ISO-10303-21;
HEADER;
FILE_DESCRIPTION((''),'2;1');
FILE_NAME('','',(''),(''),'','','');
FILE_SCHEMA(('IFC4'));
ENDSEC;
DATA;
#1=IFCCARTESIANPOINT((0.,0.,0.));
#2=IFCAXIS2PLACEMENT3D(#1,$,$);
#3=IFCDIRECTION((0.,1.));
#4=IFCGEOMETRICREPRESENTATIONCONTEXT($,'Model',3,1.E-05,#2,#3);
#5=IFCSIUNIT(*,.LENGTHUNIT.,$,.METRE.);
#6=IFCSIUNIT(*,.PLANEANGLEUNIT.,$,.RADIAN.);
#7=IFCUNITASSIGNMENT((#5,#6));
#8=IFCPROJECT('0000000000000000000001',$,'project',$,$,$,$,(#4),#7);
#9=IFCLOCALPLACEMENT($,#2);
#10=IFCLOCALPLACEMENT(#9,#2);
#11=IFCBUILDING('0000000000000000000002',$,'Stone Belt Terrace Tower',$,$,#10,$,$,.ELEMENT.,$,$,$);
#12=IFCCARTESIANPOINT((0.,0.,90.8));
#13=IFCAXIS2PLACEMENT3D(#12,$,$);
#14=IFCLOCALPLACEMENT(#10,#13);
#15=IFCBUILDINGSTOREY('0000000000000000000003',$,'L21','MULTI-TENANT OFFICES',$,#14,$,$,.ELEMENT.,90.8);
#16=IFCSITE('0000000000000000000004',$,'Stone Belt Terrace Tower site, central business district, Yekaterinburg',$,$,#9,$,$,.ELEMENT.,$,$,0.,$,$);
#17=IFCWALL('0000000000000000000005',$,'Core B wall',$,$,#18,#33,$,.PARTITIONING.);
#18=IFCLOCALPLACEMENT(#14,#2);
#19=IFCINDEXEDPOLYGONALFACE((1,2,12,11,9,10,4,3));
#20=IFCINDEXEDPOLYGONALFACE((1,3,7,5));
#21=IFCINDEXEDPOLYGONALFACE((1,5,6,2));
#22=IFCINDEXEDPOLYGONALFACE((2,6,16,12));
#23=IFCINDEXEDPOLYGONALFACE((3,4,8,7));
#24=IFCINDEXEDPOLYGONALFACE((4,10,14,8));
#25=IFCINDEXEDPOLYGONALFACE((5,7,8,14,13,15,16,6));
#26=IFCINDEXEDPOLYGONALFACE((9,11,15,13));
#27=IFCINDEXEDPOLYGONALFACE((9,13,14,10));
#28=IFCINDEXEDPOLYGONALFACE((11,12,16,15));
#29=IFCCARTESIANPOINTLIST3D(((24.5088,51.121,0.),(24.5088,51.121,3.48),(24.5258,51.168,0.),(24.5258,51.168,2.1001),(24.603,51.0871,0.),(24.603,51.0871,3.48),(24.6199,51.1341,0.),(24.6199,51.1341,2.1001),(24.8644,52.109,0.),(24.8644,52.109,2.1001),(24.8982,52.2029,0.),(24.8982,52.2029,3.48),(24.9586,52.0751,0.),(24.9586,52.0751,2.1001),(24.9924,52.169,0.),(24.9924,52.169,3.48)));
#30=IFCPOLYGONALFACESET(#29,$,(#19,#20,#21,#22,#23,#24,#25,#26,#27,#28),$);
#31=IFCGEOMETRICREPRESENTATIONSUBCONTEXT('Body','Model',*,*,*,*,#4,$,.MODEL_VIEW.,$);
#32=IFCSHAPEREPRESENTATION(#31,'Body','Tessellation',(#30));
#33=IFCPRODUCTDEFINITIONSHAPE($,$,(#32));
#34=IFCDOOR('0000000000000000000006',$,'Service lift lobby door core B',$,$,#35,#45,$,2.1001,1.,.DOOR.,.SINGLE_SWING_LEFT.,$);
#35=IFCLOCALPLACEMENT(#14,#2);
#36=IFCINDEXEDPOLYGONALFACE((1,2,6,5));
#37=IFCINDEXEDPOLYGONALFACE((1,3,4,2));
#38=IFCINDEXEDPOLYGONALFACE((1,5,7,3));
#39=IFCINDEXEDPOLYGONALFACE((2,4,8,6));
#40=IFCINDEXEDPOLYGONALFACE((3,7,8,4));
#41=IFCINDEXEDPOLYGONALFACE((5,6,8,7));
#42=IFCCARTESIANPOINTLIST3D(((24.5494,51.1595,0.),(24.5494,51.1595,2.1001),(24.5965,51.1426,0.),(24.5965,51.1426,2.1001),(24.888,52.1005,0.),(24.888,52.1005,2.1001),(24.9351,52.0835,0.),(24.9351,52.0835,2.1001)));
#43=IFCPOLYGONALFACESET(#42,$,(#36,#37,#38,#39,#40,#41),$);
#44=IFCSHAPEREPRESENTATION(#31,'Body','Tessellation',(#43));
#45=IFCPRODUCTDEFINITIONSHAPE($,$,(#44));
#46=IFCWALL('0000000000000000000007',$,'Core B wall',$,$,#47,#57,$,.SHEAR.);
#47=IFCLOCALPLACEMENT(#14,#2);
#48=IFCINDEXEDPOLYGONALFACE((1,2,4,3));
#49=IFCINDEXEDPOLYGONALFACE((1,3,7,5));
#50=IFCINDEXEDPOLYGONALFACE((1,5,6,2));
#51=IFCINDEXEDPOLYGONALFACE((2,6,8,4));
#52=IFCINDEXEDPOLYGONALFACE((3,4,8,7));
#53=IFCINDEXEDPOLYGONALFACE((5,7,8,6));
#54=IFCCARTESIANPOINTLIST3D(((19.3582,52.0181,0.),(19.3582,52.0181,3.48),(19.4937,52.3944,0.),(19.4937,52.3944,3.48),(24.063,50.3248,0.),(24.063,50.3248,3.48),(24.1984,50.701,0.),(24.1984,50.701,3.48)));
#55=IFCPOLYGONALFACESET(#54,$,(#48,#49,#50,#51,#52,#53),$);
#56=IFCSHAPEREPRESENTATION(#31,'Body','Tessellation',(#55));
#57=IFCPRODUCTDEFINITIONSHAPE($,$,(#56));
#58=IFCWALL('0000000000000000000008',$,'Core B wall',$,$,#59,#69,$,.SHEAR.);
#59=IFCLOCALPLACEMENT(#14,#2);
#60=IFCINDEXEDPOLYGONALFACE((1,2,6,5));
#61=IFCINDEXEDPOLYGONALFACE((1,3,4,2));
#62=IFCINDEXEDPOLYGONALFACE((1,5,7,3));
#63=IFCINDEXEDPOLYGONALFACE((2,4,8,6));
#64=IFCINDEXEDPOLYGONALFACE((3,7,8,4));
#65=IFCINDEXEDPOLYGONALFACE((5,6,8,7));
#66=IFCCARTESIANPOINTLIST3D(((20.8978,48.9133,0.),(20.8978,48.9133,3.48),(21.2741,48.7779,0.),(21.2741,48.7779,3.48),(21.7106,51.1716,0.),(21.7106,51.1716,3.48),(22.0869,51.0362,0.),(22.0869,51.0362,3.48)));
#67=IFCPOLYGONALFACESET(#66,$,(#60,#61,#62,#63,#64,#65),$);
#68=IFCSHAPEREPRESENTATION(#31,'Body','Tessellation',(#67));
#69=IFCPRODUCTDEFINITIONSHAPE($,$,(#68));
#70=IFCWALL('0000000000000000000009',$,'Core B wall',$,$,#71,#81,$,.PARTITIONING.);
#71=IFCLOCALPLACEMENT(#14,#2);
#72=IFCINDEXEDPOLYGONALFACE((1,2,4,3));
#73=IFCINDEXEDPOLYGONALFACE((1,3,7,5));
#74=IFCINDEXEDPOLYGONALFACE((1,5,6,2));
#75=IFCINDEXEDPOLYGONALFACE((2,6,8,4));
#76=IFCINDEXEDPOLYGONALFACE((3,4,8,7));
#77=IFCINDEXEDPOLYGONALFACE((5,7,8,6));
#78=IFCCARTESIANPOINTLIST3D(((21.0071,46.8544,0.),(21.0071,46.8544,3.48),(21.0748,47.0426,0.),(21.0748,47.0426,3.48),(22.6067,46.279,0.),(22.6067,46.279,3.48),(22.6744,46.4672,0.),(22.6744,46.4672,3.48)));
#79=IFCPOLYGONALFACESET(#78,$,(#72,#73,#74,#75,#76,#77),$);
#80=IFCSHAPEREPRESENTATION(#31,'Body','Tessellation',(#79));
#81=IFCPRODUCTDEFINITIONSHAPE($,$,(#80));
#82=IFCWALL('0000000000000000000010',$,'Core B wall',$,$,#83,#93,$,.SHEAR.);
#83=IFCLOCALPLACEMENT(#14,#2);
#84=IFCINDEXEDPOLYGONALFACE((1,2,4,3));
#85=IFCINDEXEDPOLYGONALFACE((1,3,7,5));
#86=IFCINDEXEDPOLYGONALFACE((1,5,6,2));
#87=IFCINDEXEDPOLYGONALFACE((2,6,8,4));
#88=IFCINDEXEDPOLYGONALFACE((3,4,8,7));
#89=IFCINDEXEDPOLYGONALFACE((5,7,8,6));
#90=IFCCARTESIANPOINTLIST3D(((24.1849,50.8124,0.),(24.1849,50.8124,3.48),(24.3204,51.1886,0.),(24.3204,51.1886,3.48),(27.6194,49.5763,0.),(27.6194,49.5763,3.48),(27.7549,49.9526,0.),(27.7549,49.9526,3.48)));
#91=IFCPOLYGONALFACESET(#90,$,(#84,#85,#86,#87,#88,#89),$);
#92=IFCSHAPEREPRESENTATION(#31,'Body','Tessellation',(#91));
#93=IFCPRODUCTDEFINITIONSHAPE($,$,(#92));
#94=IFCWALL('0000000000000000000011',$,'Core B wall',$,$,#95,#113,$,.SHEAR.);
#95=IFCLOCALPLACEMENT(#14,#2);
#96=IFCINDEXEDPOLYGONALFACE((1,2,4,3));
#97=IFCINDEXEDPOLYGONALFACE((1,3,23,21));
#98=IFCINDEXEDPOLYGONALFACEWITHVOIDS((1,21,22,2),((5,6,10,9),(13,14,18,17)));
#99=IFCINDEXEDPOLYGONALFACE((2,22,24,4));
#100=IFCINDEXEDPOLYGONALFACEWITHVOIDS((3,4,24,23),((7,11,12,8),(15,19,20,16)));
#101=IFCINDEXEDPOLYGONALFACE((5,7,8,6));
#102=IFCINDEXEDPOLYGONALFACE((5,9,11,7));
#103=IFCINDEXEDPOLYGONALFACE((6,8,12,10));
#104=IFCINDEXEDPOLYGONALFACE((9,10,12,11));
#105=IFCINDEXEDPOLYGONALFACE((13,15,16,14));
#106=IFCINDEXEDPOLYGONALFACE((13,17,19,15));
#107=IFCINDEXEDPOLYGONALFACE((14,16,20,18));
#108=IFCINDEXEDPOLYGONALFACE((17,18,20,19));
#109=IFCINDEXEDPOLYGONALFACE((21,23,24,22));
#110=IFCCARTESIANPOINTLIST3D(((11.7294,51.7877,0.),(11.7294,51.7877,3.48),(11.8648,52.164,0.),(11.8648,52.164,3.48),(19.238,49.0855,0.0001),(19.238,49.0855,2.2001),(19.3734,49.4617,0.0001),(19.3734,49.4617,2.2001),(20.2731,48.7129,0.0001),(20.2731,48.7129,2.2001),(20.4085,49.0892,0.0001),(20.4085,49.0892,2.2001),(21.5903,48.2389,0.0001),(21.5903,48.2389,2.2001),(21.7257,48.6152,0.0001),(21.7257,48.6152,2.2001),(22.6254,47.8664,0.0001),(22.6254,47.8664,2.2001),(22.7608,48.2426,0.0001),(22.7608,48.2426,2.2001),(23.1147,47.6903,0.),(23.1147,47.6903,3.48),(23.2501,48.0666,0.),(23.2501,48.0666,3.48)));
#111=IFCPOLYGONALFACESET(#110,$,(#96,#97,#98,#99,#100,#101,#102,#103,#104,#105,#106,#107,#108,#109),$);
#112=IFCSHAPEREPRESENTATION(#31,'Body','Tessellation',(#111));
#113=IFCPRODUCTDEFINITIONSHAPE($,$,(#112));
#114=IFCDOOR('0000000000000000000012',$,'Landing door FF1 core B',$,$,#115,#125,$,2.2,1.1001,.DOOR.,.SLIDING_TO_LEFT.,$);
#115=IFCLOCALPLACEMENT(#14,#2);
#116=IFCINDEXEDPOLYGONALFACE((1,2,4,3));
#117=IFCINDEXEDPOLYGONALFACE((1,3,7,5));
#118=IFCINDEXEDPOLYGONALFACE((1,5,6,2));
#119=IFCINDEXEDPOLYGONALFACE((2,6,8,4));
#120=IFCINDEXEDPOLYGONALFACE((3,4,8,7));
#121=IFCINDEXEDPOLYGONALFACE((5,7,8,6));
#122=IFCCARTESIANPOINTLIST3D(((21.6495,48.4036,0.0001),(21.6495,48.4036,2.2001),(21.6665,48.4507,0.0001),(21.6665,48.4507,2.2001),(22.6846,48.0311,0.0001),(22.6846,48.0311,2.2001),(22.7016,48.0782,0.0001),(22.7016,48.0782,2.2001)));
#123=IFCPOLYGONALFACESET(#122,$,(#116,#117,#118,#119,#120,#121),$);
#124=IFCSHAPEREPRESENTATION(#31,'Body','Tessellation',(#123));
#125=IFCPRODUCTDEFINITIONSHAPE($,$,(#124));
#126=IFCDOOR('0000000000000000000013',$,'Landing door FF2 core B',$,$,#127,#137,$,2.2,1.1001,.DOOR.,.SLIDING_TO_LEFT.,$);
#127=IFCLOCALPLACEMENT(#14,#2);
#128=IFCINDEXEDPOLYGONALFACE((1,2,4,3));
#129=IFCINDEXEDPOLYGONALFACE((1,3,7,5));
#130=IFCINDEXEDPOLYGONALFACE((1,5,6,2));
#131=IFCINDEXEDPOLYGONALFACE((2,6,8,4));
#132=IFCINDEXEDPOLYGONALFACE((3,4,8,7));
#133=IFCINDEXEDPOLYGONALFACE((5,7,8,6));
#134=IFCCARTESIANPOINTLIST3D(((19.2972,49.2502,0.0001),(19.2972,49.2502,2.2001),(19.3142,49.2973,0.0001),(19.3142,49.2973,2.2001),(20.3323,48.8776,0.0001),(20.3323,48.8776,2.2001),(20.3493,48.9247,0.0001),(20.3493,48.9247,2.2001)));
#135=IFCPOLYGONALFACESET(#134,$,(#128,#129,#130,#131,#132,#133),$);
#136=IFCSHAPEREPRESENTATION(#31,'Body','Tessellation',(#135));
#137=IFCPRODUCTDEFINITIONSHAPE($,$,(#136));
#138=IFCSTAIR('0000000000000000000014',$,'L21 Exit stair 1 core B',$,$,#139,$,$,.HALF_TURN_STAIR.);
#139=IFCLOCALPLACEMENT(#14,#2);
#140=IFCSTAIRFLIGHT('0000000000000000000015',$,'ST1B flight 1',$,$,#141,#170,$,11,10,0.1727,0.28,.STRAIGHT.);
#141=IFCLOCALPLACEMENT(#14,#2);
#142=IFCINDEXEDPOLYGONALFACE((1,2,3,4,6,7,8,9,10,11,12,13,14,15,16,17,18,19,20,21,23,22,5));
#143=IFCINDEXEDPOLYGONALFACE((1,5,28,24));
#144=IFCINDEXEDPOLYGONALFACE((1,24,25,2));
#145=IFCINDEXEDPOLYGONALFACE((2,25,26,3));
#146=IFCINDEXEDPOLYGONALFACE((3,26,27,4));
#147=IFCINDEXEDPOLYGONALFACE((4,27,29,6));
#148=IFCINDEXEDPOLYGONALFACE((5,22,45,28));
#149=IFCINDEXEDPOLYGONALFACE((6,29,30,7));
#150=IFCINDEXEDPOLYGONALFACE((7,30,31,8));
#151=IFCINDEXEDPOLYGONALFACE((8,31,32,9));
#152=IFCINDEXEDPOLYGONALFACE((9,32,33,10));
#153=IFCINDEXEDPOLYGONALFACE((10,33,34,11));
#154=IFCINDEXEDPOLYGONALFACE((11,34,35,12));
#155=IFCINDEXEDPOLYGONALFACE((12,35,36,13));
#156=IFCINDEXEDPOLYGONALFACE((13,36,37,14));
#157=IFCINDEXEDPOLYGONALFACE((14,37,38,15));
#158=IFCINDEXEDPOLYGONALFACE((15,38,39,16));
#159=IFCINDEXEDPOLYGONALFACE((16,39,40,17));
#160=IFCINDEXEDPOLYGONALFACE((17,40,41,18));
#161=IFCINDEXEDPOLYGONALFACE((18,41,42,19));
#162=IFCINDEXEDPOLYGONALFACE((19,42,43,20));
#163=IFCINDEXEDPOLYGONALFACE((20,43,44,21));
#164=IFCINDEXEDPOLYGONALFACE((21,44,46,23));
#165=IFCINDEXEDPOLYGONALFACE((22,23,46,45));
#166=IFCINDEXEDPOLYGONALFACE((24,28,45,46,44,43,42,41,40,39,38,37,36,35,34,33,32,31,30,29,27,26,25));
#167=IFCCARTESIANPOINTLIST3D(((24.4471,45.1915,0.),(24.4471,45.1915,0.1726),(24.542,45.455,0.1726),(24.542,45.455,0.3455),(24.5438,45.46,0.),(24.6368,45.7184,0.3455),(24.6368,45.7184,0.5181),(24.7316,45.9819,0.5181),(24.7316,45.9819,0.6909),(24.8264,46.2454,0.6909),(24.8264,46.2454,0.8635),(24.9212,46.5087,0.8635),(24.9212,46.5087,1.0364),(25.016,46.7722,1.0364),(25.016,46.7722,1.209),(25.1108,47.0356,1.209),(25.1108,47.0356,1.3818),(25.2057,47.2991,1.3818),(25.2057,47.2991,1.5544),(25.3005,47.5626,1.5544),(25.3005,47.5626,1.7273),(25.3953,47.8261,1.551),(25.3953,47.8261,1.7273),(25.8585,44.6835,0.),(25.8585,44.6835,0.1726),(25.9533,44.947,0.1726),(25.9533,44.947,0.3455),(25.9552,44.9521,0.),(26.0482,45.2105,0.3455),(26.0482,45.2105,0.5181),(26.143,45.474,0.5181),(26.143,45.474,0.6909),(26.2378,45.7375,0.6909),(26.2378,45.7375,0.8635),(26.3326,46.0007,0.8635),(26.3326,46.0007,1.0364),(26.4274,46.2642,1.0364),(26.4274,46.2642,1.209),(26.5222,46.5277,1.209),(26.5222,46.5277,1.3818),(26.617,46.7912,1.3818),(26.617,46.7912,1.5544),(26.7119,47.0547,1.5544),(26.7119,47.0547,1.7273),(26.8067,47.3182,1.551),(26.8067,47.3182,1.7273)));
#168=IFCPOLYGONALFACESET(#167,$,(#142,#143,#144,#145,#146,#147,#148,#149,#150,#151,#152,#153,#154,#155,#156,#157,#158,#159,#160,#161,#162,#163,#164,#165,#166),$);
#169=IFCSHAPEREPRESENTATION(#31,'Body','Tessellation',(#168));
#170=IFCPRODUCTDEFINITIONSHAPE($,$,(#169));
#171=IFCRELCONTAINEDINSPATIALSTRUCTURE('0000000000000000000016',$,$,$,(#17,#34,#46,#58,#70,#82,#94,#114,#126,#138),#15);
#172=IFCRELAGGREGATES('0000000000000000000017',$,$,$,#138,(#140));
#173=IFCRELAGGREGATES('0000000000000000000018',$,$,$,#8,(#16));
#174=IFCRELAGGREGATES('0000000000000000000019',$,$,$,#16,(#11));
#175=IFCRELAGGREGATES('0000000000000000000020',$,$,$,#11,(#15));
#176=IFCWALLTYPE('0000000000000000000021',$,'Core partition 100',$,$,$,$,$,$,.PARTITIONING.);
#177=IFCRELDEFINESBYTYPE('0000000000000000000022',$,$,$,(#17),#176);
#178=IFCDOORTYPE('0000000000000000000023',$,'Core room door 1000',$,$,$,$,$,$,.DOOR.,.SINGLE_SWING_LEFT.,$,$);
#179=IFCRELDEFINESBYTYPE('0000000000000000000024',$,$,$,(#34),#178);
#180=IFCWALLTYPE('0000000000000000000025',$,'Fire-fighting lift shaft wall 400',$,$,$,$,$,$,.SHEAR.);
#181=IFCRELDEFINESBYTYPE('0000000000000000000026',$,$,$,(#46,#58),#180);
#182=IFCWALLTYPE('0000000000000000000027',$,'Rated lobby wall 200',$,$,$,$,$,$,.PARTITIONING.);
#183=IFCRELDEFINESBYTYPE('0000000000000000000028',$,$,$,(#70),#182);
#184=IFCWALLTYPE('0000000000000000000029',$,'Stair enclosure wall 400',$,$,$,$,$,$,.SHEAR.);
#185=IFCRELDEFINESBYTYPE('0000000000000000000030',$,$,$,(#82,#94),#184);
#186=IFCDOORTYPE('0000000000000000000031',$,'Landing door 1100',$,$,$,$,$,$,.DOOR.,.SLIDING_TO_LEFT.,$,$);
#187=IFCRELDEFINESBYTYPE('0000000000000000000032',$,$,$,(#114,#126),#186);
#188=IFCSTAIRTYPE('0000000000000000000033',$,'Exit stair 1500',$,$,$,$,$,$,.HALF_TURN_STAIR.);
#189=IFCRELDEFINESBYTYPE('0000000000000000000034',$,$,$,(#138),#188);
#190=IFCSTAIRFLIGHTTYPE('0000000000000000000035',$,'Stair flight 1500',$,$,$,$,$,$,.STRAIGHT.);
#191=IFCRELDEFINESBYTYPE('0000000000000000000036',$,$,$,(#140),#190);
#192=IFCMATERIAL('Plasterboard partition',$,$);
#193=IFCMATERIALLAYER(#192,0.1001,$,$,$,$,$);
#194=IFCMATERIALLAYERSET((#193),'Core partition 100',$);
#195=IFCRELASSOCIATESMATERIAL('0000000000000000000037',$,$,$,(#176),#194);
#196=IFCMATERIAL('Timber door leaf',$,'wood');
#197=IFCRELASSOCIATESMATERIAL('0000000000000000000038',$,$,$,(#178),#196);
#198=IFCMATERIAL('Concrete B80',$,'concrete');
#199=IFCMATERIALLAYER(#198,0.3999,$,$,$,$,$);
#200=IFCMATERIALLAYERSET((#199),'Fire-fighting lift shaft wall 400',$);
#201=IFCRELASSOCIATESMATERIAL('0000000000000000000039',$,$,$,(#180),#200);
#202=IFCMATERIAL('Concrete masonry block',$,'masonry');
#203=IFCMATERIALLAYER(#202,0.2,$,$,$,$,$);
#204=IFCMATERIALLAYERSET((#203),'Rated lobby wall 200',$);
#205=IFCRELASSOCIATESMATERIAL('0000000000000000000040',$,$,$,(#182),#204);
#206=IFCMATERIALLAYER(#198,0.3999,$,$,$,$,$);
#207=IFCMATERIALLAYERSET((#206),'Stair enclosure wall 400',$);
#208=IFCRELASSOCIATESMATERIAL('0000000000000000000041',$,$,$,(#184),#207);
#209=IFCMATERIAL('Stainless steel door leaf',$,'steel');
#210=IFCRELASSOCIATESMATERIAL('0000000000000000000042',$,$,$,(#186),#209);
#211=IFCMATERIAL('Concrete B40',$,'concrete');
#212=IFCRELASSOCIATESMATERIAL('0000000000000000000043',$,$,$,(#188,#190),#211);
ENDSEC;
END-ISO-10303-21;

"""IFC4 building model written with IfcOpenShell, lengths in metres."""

from ifc_helpers import new_model, si_unit, direction, frame, frame_2d, origin, place, context, subcontext, project, spatial, polyline, rectangle, outline, extrude, material, layer, layer_set, type_object, element, fill, aggregate, save


model = new_model("IFC4")

# Units and contexts
model_context = context("Model", 3, precision=1e-05, world=origin(), true_north=direction((0.0, 1.0)))
body_context = subcontext(model_context, "Body", "Model", "MODEL_VIEW")
ifc_project = project(units=[si_unit("LENGTHUNIT", "METRE"), si_unit("PLANEANGLEUNIT", "RADIAN")], contexts=[model_context])

# Site, building, storey
site_placement = place(None, origin())
site = spatial("IfcSite", under=ifc_project, at=site_placement, Name="Stone Belt Terrace Tower site, central business district, Yekaterinburg", CompositionType="ELEMENT", RefElevation=0.0)
building_placement = place(site_placement, origin())
building = spatial("IfcBuilding", under=site, at=building_placement, Name="Stone Belt Terrace Tower", CompositionType="ELEMENT")
storey_placement = place(building_placement, frame((0.0, 0.0, 90.8)))
storey = spatial("IfcBuildingStorey", under=building, at=storey_placement, Name="L21", Description="MULTI-TENANT OFFICES", CompositionType="ELEMENT", Elevation=90.8)

# Wall, opening, door
ifc_material_1 = material(Name="Plasterboard partition")
ifc_layer_1 = layer(ifc_material_1, 0.1001)
ifc_layer_set_1 = layer_set([ifc_layer_1], Name="Core partition 100")
wall_type_1 = type_object("IfcWallType", Name="Core partition 100", PredefinedType="PARTITIONING", material=ifc_layer_set_1)
wall_1_placement = place(storey_placement, frame((24.5559, 51.104, 0.0), z_axis=(0.0, 0.0, 1.0), x_axis=(0.338622, 0.940923, 0.0)))
wall_1 = element("IfcWall", 1, at=wall_1_placement, inside=storey, type_object=wall_type_1, Name="Core B wall", PredefinedType="PARTITIONING", context=body_context, shape_type="SweptSolid", body=[
    extrude(rectangle(XDim=1.1499, YDim=0.1001, at=frame_2d((0.575, 0.0))), origin(), (0.0, 0.0, 1.0), 3.48),
])
opening_1_placement = place(wall_1_placement, frame((0.05, 0.0, 0.0)))
opening_1 = element("IfcOpeningElement", 2, at=opening_1_placement, cuts=wall_1, PredefinedType="OPENING", context=body_context, shape_type="SweptSolid", body=[
    extrude(rectangle(XDim=1.0, YDim=2.1001, at=frame_2d((0.5, 1.05))), frame((0.0, 0.0601, 0.0), z_axis=(0.0, -1.0, 0.0), x_axis=(1.0, 0.0, 0.0)), (0.0, 0.0, 1.0), 0.1201),
])
ifc_material_2 = material(Name="Timber door leaf", Category="wood")
door_type_1 = type_object("IfcDoorType", Name="Core room door 1000", OperationType="SINGLE_SWING_LEFT", PredefinedType="DOOR", material=ifc_material_2)
door_1_placement = place(opening_1_placement, origin())
door_1 = element("IfcDoor", 3, at=door_1_placement, inside=storey, type_object=door_type_1, Name="Service lift lobby door core B", OperationType="SINGLE_SWING_LEFT", OverallHeight=2.1001, OverallWidth=1.0, PredefinedType="DOOR", context=body_context, shape_type="SweptSolid", body=[
    extrude(rectangle(XDim=1.0, YDim=2.1001, at=frame_2d((0.5, 1.05))), frame((0.0, 0.0249, 0.0), z_axis=(0.0, -1.0, 0.0), x_axis=(1.0, 0.0, 0.0)), (0.0, 0.0, 1.0), 0.05),
])
fill(opening_1, door_1)

# Walls
ifc_material_3 = material(Name="Concrete B80", Category="concrete")
ifc_layer_2 = layer(ifc_material_3, 0.3999)
ifc_layer_set_2 = layer_set([ifc_layer_2], Name="Fire-fighting lift shaft wall 400")
wall_type_2 = type_object("IfcWallType", Name="Fire-fighting lift shaft wall 400", PredefinedType="SHEAR", material=ifc_layer_set_2)
wall_2_placement = place(storey_placement, frame((24.1306, 50.5129, 0.0), z_axis=(0.0, 0.0, 1.0), x_axis=(-0.940912, 0.338652, 0.0)))
element("IfcWall", 4, at=wall_2_placement, inside=storey, type_object=wall_type_2, Name="Core B wall", PredefinedType="SHEAR", context=body_context, shape_type="SweptSolid", body=[
    extrude(rectangle(XDim=5.0002, YDim=0.3999, at=frame_2d((2.5, 0.0))), origin(), (0.0, 0.0, 1.0), 3.48),
])
wall_3_placement = place(storey_placement, frame((21.0859, 48.8455, 0.0), z_axis=(0.0, 0.0, 1.0), x_axis=(0.338629, 0.94092, 0.0)))
element("IfcWall", 5, at=wall_3_placement, inside=storey, type_object=wall_type_2, Name="Core B wall", PredefinedType="SHEAR", context=body_context, shape_type="SweptSolid", body=[
    extrude(rectangle(XDim=2.4001, YDim=0.3999, at=frame_2d((1.2002, 0.0))), origin(), (0.0, 0.0, 1.0), 3.48),
])
ifc_material_4 = material(Name="Concrete masonry block", Category="masonry")
ifc_layer_3 = layer(ifc_material_4, 0.2)
ifc_layer_set_3 = layer_set([ifc_layer_3], Name="Rated lobby wall 200")
wall_type_3 = type_object("IfcWallType", Name="Rated lobby wall 200", PredefinedType="PARTITIONING", material=ifc_layer_set_3)
wall_4_placement = place(storey_placement, frame((22.6406, 46.373, 0.0), z_axis=(0.0, 0.0, 1.0), x_axis=(-0.940966, 0.338501, 0.0)))
element("IfcWall", 6, at=wall_4_placement, inside=storey, type_object=wall_type_3, Name="Core B wall", PredefinedType="PARTITIONING", context=body_context, shape_type="SweptSolid", body=[
    extrude(rectangle(XDim=1.7, YDim=0.2, at=frame_2d((0.8501, 0.0))), origin(), (0.0, 0.0, 1.0), 3.48),
])
ifc_layer_4 = layer(ifc_material_3, 0.3999)
ifc_layer_set_4 = layer_set([ifc_layer_4], Name="Stair enclosure wall 400")
wall_type_4 = type_object("IfcWallType", Name="Stair enclosure wall 400", PredefinedType="SHEAR", material=ifc_layer_set_4)
wall_5_placement = place(storey_placement, frame((27.6873, 49.7644, 0.0), z_axis=(0.0, 0.0, 1.0), x_axis=(-0.940919, 0.338632, 0.0)))
element("IfcWall", 7, at=wall_5_placement, inside=storey, type_object=wall_type_4, Name="Core B wall", PredefinedType="SHEAR", context=body_context, shape_type="SweptSolid", body=[
    extrude(rectangle(XDim=3.6501, YDim=0.3999, at=frame_2d((1.8252, 0.0))), origin(), (0.0, 0.0, 1.0), 3.48),
])

# Wall, openings, doors
wall_6_placement = place(storey_placement, frame((23.1824, 47.8784, 0.0), z_axis=(0.0, 0.0, 1.0), x_axis=(-0.940921, 0.338626, 0.0)))
wall_6 = element("IfcWall", 8, at=wall_6_placement, inside=storey, type_object=wall_type_4, Name="Core B wall", PredefinedType="SHEAR", context=body_context, shape_type="SweptSolid", body=[
    extrude(rectangle(XDim=12.1001, YDim=0.3999, at=frame_2d((6.05, 0.0))), origin(), (0.0, 0.0, 1.0), 3.48),
])
opening_2_placement = place(wall_6_placement, frame((0.52, 0.0, 0.0)))
opening_2 = element("IfcOpeningElement", 9, at=opening_2_placement, cuts=wall_6, PredefinedType="OPENING", context=body_context, shape_type="SweptSolid", body=[
    extrude(rectangle(XDim=1.1001, YDim=2.2, at=frame_2d((0.55, 1.1001))), frame((0.0, 0.21, 0.0), z_axis=(0.0, -1.0, 0.0), x_axis=(1.0, 0.0, 0.0)), (0.0, 0.0, 1.0), 0.4199),
])
opening_3_placement = place(wall_6_placement, frame((3.02, 0.0, 0.0)))
opening_3 = element("IfcOpeningElement", 10, at=opening_3_placement, cuts=wall_6, PredefinedType="OPENING", context=body_context, shape_type="SweptSolid", body=[
    extrude(rectangle(XDim=1.1001, YDim=2.2, at=frame_2d((0.55, 1.1001))), frame((0.0, 0.21, 0.0), z_axis=(0.0, -1.0, 0.0), x_axis=(1.0, 0.0, 0.0)), (0.0, 0.0, 1.0), 0.4199),
])
ifc_material_5 = material(Name="Stainless steel door leaf", Category="steel")
door_type_2 = type_object("IfcDoorType", Name="Landing door 1100", OperationType="SLIDING_TO_LEFT", PredefinedType="DOOR", material=ifc_material_5)
door_2_placement = place(opening_2_placement, origin())
door_2 = element("IfcDoor", 11, at=door_2_placement, inside=storey, type_object=door_type_2, Name="Landing door FF1 core B", OperationType="SLIDING_TO_LEFT", OverallHeight=2.2, OverallWidth=1.1001, PredefinedType="DOOR", context=body_context, shape_type="SweptSolid", body=[
    extrude(rectangle(XDim=1.1001, YDim=2.2, at=frame_2d((0.55, 1.1001))), frame((0.0, 0.0249, 0.0), z_axis=(0.0, -1.0, 0.0), x_axis=(1.0, 0.0, 0.0)), (0.0, 0.0, 1.0), 0.05),
])
fill(opening_2, door_2)
door_3_placement = place(opening_3_placement, origin())
door_3 = element("IfcDoor", 12, at=door_3_placement, inside=storey, type_object=door_type_2, Name="Landing door FF2 core B", OperationType="SLIDING_TO_LEFT", OverallHeight=2.2, OverallWidth=1.1001, PredefinedType="DOOR", context=body_context, shape_type="SweptSolid", body=[
    extrude(rectangle(XDim=1.1001, YDim=2.2, at=frame_2d((0.55, 1.1001))), frame((0.0, 0.0249, 0.0), z_axis=(0.0, -1.0, 0.0), x_axis=(1.0, 0.0, 0.0)), (0.0, 0.0, 1.0), 0.05),
])
fill(opening_3, door_3)

# Stair, stair flight
ifc_material_6 = material(Name="Concrete B40", Category="concrete")
stair_type = type_object("IfcStairType", Name="Exit stair 1500", PredefinedType="HALF_TURN_STAIR", material=ifc_material_6)
stair_placement = place(storey_placement, origin())
stair = element("IfcStair", 13, at=stair_placement, inside=storey, type_object=stair_type, Name="L21 Exit stair 1 core B", PredefinedType="HALF_TURN_STAIR")
stair_flight_type = type_object("IfcStairFlightType", Name="Stair flight 1500", PredefinedType="STRAIGHT", material=ifc_material_6)
stair_flight_1_placement = place(storey_placement, frame((25.1528, 44.9375, 0.0), z_axis=(0.0, 0.0, 1.0), x_axis=(0.338624, 0.940922, 0.0)))
stair_flight_1 = element("IfcStairFlight", 14, at=stair_flight_1_placement, type_object=stair_flight_type, Name="ST1B flight 1", NumberOfRisers=11, NumberOfTreads=10, PredefinedType="STRAIGHT", RiserHeight=0.1727, TreadLength=0.28, context=body_context, shape_type="SweptSolid", body=[
    extrude(outline(polyline([(0.0, 0.0), (0.0, 0.1726), (0.28, 0.1726), (0.28, 0.3455), (0.5601, 0.3455), (0.5601, 0.5181), (0.8401, 0.5181), (0.8401, 0.6909), (1.1201, 0.6909), (1.1201, 0.8635), (1.3999, 0.8635), (1.3999, 1.0364), (1.6799, 1.0364), (1.6799, 1.209), (1.96, 1.209), (1.96, 1.3818), (2.24, 1.3818), (2.24, 1.5544), (2.52, 1.5544), (2.52, 1.7273), (2.8, 1.7273), (2.8, 1.8999), (2.8, 1.551), (0.2854, 0.0), (0.0, 0.0)])), frame((0.0, 0.75, 0.0), z_axis=(0.0, -1.0, 0.0), x_axis=(1.0, 0.0, 0.0)), (0.0, 0.0, 1.0), 1.5),
])
aggregate(stair, [stair_flight_1])

save(model, "model.ifc")
